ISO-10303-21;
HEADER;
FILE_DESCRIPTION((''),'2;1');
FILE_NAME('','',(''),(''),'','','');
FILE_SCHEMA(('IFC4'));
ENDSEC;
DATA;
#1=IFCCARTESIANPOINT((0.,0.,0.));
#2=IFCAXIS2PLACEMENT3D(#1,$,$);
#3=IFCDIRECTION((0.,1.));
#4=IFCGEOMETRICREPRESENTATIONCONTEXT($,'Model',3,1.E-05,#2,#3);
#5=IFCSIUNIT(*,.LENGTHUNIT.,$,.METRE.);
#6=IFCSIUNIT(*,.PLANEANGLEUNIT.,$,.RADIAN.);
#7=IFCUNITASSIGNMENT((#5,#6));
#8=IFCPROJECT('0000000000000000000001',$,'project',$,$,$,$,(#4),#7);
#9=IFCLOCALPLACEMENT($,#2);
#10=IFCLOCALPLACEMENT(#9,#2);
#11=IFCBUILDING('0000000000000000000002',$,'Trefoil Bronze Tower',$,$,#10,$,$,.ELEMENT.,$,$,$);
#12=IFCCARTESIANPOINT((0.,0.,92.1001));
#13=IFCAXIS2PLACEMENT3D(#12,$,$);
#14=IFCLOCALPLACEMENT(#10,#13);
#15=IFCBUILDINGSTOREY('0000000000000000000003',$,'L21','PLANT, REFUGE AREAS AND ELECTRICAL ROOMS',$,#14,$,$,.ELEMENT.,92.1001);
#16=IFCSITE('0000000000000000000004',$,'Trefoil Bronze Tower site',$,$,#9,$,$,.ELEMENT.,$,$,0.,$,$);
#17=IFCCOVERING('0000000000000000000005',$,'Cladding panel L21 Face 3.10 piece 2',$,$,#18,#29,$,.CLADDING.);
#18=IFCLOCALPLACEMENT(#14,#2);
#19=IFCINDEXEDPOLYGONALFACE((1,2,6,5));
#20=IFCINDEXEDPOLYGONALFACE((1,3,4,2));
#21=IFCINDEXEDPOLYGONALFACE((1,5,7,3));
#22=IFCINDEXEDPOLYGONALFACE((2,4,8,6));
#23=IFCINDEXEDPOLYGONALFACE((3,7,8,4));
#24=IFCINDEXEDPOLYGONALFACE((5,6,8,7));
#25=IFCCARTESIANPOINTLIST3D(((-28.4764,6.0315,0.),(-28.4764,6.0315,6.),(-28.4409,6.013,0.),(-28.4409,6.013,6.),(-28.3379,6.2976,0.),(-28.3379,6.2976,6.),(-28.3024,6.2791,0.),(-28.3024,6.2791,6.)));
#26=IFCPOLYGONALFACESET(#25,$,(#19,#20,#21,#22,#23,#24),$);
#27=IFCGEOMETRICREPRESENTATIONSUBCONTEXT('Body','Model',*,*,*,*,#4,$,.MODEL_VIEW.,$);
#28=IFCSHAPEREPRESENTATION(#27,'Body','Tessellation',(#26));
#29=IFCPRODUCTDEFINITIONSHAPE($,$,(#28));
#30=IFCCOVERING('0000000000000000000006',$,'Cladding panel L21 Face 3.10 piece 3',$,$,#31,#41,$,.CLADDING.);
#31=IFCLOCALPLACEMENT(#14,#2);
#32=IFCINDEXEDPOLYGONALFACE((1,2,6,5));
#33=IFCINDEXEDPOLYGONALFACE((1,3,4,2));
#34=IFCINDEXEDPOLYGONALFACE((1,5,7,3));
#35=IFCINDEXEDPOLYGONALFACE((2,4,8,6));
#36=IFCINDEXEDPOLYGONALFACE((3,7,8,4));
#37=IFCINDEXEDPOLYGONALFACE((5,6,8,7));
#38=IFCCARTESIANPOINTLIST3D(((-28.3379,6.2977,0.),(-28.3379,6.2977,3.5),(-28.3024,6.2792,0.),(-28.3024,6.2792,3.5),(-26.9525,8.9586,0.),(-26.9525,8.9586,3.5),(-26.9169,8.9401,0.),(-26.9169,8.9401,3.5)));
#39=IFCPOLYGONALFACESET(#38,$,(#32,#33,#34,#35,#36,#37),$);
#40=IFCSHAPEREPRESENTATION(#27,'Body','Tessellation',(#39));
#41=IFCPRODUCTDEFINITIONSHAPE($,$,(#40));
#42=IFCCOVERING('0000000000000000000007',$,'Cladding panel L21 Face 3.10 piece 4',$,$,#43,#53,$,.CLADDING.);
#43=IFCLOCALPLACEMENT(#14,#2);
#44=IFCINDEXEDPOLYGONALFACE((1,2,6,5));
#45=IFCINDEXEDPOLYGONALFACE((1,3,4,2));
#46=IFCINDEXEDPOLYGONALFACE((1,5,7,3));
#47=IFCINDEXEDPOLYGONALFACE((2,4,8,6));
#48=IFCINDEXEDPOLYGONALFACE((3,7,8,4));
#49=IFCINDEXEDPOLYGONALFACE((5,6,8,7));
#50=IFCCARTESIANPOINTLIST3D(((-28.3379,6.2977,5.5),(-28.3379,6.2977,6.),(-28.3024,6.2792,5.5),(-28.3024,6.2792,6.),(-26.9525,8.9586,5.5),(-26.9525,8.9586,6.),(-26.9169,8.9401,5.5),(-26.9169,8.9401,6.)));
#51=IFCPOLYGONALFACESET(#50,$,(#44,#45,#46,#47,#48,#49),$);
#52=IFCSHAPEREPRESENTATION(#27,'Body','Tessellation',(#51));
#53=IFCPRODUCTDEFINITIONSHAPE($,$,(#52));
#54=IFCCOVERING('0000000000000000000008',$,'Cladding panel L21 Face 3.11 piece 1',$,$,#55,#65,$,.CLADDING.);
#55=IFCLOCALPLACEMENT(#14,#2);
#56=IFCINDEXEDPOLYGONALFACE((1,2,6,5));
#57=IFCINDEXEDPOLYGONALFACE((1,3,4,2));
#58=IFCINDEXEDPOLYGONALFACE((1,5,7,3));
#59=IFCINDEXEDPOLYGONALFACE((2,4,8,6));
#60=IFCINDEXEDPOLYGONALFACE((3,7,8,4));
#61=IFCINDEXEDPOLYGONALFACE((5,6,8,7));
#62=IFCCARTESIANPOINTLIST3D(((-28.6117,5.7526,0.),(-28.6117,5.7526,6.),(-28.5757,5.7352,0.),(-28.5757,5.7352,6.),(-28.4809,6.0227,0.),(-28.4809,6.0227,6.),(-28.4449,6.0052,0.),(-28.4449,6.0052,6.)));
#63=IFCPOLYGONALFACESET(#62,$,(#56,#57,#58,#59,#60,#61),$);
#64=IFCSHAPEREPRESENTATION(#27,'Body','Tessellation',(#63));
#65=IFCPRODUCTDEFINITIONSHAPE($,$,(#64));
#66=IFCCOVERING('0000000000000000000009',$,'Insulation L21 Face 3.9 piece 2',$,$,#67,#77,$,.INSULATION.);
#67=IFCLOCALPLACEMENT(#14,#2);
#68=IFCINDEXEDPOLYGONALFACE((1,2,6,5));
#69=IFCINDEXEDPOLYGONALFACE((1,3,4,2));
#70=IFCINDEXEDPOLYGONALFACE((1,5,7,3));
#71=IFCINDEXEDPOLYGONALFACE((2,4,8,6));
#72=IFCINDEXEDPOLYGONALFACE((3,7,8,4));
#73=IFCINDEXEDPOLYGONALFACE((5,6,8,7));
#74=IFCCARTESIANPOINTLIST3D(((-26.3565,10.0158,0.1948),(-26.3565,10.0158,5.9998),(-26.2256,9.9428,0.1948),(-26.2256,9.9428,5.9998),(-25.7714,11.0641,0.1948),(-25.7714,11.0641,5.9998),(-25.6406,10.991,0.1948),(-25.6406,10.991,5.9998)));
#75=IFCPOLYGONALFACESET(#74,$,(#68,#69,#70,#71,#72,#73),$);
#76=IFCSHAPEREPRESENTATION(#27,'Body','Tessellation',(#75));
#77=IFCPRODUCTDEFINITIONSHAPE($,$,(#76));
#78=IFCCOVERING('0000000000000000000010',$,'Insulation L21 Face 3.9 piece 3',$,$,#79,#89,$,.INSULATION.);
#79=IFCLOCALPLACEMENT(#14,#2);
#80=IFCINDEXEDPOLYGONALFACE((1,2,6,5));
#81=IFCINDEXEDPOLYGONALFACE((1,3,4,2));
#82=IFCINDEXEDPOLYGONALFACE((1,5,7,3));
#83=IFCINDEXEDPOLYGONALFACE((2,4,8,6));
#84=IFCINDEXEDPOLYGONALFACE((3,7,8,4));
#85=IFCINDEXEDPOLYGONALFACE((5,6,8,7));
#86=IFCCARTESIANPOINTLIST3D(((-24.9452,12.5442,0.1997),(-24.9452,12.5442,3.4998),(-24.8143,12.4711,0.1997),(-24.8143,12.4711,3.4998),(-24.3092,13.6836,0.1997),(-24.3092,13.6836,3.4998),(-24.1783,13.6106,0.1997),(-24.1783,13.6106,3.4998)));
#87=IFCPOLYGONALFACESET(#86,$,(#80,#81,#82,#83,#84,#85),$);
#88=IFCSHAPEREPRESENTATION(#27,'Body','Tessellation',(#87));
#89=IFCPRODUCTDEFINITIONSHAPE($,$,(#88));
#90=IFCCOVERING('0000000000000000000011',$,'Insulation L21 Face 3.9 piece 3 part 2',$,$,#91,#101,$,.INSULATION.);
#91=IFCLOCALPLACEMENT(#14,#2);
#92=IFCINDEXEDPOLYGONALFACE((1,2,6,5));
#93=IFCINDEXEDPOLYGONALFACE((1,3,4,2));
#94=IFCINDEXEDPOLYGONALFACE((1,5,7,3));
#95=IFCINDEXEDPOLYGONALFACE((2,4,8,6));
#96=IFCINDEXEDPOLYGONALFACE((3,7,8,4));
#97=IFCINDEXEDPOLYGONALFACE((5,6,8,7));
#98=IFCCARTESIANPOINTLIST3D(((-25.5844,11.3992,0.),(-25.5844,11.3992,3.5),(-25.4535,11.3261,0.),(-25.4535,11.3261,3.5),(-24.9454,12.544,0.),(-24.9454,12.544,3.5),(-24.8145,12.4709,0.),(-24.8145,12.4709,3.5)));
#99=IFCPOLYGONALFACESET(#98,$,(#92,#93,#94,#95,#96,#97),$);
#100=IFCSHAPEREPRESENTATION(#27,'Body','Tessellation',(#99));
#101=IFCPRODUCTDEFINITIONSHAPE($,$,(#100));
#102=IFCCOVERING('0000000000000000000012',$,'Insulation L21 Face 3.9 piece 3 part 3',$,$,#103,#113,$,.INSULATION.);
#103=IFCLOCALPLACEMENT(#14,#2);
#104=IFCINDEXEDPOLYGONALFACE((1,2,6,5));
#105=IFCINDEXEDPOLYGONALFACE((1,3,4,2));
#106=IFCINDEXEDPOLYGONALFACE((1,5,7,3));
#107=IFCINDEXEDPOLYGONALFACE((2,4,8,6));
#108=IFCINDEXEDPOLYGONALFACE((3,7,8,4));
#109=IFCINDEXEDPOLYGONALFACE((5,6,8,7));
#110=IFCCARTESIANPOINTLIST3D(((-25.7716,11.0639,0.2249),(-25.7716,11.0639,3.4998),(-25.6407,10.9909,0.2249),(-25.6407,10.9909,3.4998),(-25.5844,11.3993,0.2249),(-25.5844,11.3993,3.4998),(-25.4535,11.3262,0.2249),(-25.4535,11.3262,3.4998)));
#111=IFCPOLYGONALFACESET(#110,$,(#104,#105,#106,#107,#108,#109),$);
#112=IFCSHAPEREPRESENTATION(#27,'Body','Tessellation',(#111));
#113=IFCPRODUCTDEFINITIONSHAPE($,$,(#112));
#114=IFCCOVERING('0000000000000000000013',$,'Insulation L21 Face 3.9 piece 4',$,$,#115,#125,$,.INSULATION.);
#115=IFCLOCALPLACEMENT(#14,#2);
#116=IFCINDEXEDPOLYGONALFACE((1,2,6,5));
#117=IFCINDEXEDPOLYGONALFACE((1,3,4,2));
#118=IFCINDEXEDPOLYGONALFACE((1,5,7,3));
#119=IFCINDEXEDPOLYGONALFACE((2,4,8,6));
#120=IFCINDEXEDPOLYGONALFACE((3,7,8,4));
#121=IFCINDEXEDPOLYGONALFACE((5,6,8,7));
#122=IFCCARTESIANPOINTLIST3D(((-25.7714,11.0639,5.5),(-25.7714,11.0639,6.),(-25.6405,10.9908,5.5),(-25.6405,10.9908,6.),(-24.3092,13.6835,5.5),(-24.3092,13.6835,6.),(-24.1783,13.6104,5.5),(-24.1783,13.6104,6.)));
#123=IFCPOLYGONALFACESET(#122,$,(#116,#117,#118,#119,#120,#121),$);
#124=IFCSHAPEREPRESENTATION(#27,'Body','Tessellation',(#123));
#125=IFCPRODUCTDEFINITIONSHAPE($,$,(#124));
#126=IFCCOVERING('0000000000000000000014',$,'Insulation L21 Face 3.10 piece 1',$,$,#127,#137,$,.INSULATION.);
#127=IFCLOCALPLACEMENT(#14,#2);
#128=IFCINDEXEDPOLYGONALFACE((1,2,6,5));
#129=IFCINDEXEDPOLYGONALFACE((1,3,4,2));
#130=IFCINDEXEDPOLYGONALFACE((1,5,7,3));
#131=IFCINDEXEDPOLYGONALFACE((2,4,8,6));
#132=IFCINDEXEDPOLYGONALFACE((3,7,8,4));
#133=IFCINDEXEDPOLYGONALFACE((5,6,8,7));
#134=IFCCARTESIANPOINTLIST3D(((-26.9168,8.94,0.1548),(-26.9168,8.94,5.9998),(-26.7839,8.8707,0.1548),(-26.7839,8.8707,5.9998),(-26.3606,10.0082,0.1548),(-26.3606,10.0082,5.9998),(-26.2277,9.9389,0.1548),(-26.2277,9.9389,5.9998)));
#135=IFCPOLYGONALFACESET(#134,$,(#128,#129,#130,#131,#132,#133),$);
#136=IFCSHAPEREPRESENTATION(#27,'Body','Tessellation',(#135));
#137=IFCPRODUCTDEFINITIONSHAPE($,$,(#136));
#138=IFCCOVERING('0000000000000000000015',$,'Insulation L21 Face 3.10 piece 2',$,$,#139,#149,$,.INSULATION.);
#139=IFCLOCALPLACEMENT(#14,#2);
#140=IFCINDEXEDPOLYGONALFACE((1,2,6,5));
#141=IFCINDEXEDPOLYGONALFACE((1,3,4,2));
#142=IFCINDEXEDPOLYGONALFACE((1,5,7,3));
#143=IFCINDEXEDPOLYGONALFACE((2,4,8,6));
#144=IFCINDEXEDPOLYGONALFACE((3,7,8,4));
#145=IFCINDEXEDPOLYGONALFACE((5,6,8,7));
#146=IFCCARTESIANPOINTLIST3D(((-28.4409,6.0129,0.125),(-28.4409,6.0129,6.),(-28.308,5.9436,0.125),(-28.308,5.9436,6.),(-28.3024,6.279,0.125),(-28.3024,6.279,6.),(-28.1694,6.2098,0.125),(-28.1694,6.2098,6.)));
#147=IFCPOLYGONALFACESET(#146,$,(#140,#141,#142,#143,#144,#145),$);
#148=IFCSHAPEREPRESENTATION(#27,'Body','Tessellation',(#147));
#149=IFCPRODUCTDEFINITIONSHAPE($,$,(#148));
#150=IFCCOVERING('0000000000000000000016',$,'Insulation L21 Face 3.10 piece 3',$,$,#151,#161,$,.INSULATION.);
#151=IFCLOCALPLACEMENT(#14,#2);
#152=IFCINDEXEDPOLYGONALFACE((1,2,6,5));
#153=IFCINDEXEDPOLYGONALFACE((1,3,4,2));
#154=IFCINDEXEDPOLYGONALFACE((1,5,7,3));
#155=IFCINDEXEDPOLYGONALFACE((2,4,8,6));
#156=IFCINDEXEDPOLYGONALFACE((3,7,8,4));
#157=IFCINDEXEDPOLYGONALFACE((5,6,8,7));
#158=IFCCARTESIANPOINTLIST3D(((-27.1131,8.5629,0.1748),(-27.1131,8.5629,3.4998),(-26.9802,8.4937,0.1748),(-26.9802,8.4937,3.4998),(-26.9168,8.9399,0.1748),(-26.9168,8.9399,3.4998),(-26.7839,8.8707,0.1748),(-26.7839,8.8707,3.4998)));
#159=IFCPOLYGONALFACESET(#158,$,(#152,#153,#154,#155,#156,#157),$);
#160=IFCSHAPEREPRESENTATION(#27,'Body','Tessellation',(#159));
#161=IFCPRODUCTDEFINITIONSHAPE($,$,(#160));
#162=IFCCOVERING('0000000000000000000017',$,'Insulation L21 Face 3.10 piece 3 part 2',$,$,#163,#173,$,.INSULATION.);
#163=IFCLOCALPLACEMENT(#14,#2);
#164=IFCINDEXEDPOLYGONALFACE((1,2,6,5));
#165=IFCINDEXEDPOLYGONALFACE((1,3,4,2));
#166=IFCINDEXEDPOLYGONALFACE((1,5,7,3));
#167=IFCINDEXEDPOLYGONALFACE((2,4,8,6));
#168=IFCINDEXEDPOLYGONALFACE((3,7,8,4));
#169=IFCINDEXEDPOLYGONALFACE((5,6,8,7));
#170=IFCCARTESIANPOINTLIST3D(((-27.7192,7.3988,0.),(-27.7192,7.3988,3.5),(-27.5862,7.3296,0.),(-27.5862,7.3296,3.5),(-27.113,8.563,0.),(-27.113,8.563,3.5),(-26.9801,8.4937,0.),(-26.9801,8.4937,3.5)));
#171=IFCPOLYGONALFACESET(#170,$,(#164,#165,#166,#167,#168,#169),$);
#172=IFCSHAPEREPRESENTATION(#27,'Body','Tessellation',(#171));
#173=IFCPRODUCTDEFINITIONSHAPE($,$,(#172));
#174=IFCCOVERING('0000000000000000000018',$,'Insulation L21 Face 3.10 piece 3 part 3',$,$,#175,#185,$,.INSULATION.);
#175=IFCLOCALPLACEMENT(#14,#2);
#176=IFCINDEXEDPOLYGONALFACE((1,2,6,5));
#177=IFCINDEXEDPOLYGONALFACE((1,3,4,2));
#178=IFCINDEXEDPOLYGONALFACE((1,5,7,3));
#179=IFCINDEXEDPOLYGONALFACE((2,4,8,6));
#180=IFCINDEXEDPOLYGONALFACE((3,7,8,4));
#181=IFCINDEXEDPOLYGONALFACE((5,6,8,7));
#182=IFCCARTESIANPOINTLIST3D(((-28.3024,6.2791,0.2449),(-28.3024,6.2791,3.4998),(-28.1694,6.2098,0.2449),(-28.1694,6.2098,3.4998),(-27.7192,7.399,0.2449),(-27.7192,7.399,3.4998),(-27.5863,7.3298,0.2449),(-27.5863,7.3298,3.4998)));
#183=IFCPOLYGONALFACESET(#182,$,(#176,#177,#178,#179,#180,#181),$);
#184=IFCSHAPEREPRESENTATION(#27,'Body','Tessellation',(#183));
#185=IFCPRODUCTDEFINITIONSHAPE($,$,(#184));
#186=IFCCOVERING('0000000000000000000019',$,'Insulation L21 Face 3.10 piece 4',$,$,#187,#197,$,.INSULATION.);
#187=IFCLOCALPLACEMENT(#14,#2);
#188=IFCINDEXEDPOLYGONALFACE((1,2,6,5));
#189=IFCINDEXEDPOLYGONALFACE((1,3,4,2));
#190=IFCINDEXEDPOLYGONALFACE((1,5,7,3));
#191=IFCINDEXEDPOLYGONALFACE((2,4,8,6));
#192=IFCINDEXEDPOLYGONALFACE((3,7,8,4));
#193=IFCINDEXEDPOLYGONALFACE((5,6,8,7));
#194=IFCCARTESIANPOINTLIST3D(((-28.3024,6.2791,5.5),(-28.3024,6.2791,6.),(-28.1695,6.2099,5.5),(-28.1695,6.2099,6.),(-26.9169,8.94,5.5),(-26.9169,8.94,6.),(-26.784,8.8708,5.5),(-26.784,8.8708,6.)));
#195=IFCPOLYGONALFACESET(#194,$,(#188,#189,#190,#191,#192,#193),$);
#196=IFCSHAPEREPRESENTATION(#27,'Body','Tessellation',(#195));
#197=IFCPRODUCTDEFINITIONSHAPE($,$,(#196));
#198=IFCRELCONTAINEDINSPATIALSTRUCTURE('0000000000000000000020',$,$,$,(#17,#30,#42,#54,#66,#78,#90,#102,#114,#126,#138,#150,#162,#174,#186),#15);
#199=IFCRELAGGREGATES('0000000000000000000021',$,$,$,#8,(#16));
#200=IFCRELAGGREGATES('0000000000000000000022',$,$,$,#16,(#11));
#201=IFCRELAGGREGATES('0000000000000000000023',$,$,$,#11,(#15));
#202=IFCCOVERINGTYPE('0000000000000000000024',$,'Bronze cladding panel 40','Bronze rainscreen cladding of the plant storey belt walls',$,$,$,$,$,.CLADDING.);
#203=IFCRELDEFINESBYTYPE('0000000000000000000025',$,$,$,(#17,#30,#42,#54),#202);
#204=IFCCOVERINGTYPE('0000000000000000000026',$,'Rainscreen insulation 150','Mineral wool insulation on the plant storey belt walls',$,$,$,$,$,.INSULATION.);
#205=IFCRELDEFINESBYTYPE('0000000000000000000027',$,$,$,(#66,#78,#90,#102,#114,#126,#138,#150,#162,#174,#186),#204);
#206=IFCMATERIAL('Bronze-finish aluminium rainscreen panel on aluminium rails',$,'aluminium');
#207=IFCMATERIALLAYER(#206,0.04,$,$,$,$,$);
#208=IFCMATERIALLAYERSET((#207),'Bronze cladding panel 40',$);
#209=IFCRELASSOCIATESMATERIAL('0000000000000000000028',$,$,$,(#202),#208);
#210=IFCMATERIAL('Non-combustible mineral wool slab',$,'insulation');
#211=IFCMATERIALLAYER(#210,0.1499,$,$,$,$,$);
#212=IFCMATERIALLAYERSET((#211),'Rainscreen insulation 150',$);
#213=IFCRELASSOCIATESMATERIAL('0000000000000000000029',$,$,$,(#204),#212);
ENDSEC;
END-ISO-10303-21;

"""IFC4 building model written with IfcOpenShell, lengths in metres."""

from ifc_helpers import new_model, si_unit, direction, frame, origin, origin_2d, place, context, subcontext, project, spatial, rectangle, extrude, material, layer, layer_set, type_object, element, save


model = new_model("IFC4")

# Units and contexts
model_context = context("Model", 3, precision=1e-05, world=origin(), true_north=direction((0.0, 1.0)))
body_context = subcontext(model_context, "Body", "Model", "MODEL_VIEW")
ifc_project = project(units=[si_unit("LENGTHUNIT", "METRE"), si_unit("PLANEANGLEUNIT", "RADIAN")], contexts=[model_context])

# Site, building, storey
site_placement = place(None, origin())
site = spatial("IfcSite", under=ifc_project, at=site_placement, Name="Trefoil Bronze Tower site", CompositionType="ELEMENT", RefElevation=0.0)
building_placement = place(site_placement, origin())
building = spatial("IfcBuilding", under=site, at=building_placement, Name="Trefoil Bronze Tower", CompositionType="ELEMENT")
storey_placement = place(building_placement, frame((0.0, 0.0, 92.1001)))
storey = spatial("IfcBuildingStorey", under=building, at=storey_placement, Name="L21", Description="PLANT, REFUGE AREAS AND ELECTRICAL ROOMS", CompositionType="ELEMENT", Elevation=92.1001)

# Coverings
ifc_material_1 = material(Name="Bronze-finish aluminium rainscreen panel on aluminium rails", Category="aluminium")
ifc_layer_1 = layer(ifc_material_1, 0.04)
ifc_layer_set_1 = layer_set([ifc_layer_1], Name="Bronze cladding panel 40")
covering_type_1 = type_object("IfcCoveringType", Name="Bronze cladding panel 40", Description="Bronze rainscreen cladding of the plant storey belt walls", PredefinedType="CLADDING", material=ifc_layer_set_1)
covering_1_placement = place(storey_placement, frame((-28.3894, 6.1553, 0.0), z_axis=(0.0, 0.0, 1.0), x_axis=(-0.46183, -0.886969, 0.0)))
element("IfcCovering", 1, at=covering_1_placement, inside=storey, type_object=covering_type_1, Name="Cladding panel L21 Face 3.10 piece 2", PredefinedType="CLADDING", context=body_context, shape_type="SweptSolid", body=[
    extrude(rectangle(XDim=0.3, YDim=0.04, at=origin_2d()), origin(), (0.0, 0.0, 1.0), 6.0),
])
covering_2_placement = place(storey_placement, frame((-27.6274, 7.6189, 0.0), z_axis=(0.0, 0.0, 1.0), x_axis=(-0.46183, -0.886969, 0.0)))
element("IfcCovering", 2, at=covering_2_placement, inside=storey, type_object=covering_type_1, Name="Cladding panel L21 Face 3.10 piece 3", PredefinedType="CLADDING", context=body_context, shape_type="SweptSolid", body=[
    extrude(rectangle(XDim=3.0, YDim=0.04, at=origin_2d()), origin(), (0.0, 0.0, 1.0), 3.5),
])
covering_3_placement = place(storey_placement, frame((-27.6274, 7.6189, 5.5), z_axis=(0.0, 0.0, 1.0), x_axis=(-0.46183, -0.886969, 0.0)))
element("IfcCovering", 3, at=covering_3_placement, inside=storey, type_object=covering_type_1, Name="Cladding panel L21 Face 3.10 piece 4", PredefinedType="CLADDING", context=body_context, shape_type="SweptSolid", body=[
    extrude(rectangle(XDim=3.0, YDim=0.04, at=origin_2d()), origin(), (0.0, 0.0, 1.0), 0.5),
])
covering_4_placement = place(storey_placement, frame((-28.5283, 5.8789, 0.0), z_axis=(0.0, 0.0, 1.0), x_axis=(-0.435855, -0.900017, 0.0)))
element("IfcCovering", 4, at=covering_4_placement, inside=storey, type_object=covering_type_1, Name="Cladding panel L21 Face 3.11 piece 1", PredefinedType="CLADDING", context=body_context, shape_type="SweptSolid", body=[
    extrude(rectangle(XDim=0.3, YDim=0.04, at=origin_2d()), origin(), (0.0, 0.0, 1.0), 6.0),
])
ifc_material_2 = material(Name="Non-combustible mineral wool slab", Category="insulation")
ifc_layer_2 = layer(ifc_material_2, 0.1499)
ifc_layer_set_2 = layer_set([ifc_layer_2], Name="Rainscreen insulation 150")
covering_type_2 = type_object("IfcCoveringType", Name="Rainscreen insulation 150", Description="Mineral wool insulation on the plant storey belt walls", PredefinedType="INSULATION", material=ifc_layer_set_2)
covering_5_placement = place(storey_placement, frame((-25.9985, 10.5034, 0.1948), z_axis=(0.0, 0.0, 1.0), x_axis=(-0.487382, -0.873189, 0.0)))
element("IfcCovering", 5, at=covering_5_placement, inside=storey, type_object=covering_type_2, Name="Insulation L21 Face 3.9 piece 2", PredefinedType="INSULATION", context=body_context, shape_type="SweptSolid", body=[
    extrude(rectangle(XDim=1.2004, YDim=0.1499, at=origin_2d()), origin(), (0.0, 0.0, 1.0), 5.8049),
])
covering_6_placement = place(storey_placement, frame((-24.5618, 13.0774, 0.1997), z_axis=(0.0, 0.0, 1.0), x_axis=(-0.487382, -0.873189, 0.0)))
element("IfcCovering", 6, at=covering_6_placement, inside=storey, type_object=covering_type_2, Name="Insulation L21 Face 3.9 piece 3", PredefinedType="INSULATION", context=body_context, shape_type="SweptSolid", body=[
    extrude(rectangle(XDim=1.3049, YDim=0.1499, at=origin_2d()), origin(), (0.0, 0.0, 1.0), 3.3),
])
covering_7_placement = place(storey_placement, frame((-25.1995, 11.9351, 0.0), z_axis=(0.0, 0.0, 1.0), x_axis=(-0.487382, -0.873189, 0.0)))
element("IfcCovering", 7, at=covering_7_placement, inside=storey, type_object=covering_type_2, Name="Insulation L21 Face 3.9 piece 3 part 2", PredefinedType="INSULATION", context=body_context, shape_type="SweptSolid", body=[
    extrude(rectangle(XDim=1.311, YDim=0.1499, at=origin_2d()), origin(), (0.0, 0.0, 1.0), 3.5),
])
covering_8_placement = place(storey_placement, frame((-25.6125, 11.1951, 0.2249), z_axis=(0.0, 0.0, 1.0), x_axis=(-0.487382, -0.873189, 0.0)))
element("IfcCovering", 8, at=covering_8_placement, inside=storey, type_object=covering_type_2, Name="Insulation L21 Face 3.9 piece 3 part 3", PredefinedType="INSULATION", context=body_context, shape_type="SweptSolid", body=[
    extrude(rectangle(XDim=0.384, YDim=0.1499, at=origin_2d()), origin(), (0.0, 0.0, 1.0), 3.2749),
])
covering_9_placement = place(storey_placement, frame((-24.9749, 12.3372, 5.5), z_axis=(0.0, 0.0, 1.0), x_axis=(-0.487382, -0.873189, 0.0)))
element("IfcCovering", 9, at=covering_9_placement, inside=storey, type_object=covering_type_2, Name="Insulation L21 Face 3.9 piece 4", PredefinedType="INSULATION", context=body_context, shape_type="SweptSolid", body=[
    extrude(rectangle(XDim=3.0, YDim=0.1499, at=origin_2d()), origin(), (0.0, 0.0, 1.0), 0.5),
])
covering_10_placement = place(storey_placement, frame((-26.5723, 9.4395, 0.1548), z_axis=(0.0, 0.0, 1.0), x_axis=(-0.46183, -0.886969, 0.0)))
element("IfcCovering", 10, at=covering_10_placement, inside=storey, type_object=covering_type_2, Name="Insulation L21 Face 3.10 piece 1", PredefinedType="INSULATION", context=body_context, shape_type="SweptSolid", body=[
    extrude(rectangle(XDim=1.2043, YDim=0.1499, at=origin_2d()), origin(), (0.0, 0.0, 1.0), 5.845),
])
covering_11_placement = place(storey_placement, frame((-28.3052, 6.1113, 0.125), z_axis=(0.0, 0.0, 1.0), x_axis=(-0.46183, -0.886969, 0.0)))
element("IfcCovering", 11, at=covering_11_placement, inside=storey, type_object=covering_type_2, Name="Insulation L21 Face 3.10 piece 2", PredefinedType="INSULATION", context=body_context, shape_type="SweptSolid", body=[
    extrude(rectangle(XDim=0.3, YDim=0.1499, at=origin_2d()), origin(), (0.0, 0.0, 1.0), 5.875),
])
covering_12_placement = place(storey_placement, frame((-26.9485, 8.7168, 0.1748), z_axis=(0.0, 0.0, 1.0), x_axis=(-0.46183, -0.886969, 0.0)))
element("IfcCovering", 12, at=covering_12_placement, inside=storey, type_object=covering_type_2, Name="Insulation L21 Face 3.10 piece 3", PredefinedType="INSULATION", context=body_context, shape_type="SweptSolid", body=[
    extrude(rectangle(XDim=0.425, YDim=0.1499, at=origin_2d()), origin(), (0.0, 0.0, 1.0), 3.325),
])
covering_13_placement = place(storey_placement, frame((-27.3496, 7.9463, 0.0), z_axis=(0.0, 0.0, 1.0), x_axis=(-0.46183, -0.886969, 0.0)))
element("IfcCovering", 13, at=covering_13_placement, inside=storey, type_object=covering_type_2, Name="Insulation L21 Face 3.10 piece 3 part 2", PredefinedType="INSULATION", context=body_context, shape_type="SweptSolid", body=[
    extrude(rectangle(XDim=1.3125, YDim=0.1499, at=origin_2d()), origin(), (0.0, 0.0, 1.0), 3.5),
])
covering_14_placement = place(storey_placement, frame((-27.9443, 6.8044, 0.2449), z_axis=(0.0, 0.0, 1.0), x_axis=(-0.46183, -0.886969, 0.0)))
element("IfcCovering", 14, at=covering_14_placement, inside=storey, type_object=covering_type_2, Name="Insulation L21 Face 3.10 piece 3 part 3", PredefinedType="INSULATION", context=body_context, shape_type="SweptSolid", body=[
    extrude(rectangle(XDim=1.2627, YDim=0.1499, at=origin_2d()), origin(), (0.0, 0.0, 1.0), 3.2549),
])
covering_15_placement = place(storey_placement, frame((-27.5432, 7.575, 5.5), z_axis=(0.0, 0.0, 1.0), x_axis=(-0.46183, -0.886969, 0.0)))
element("IfcCovering", 15, at=covering_15_placement, inside=storey, type_object=covering_type_2, Name="Insulation L21 Face 3.10 piece 4", PredefinedType="INSULATION", context=body_context, shape_type="SweptSolid", body=[
    extrude(rectangle(XDim=3.0, YDim=0.1499, at=origin_2d()), origin(), (0.0, 0.0, 1.0), 0.5),
])

save(model, "model.ifc")
